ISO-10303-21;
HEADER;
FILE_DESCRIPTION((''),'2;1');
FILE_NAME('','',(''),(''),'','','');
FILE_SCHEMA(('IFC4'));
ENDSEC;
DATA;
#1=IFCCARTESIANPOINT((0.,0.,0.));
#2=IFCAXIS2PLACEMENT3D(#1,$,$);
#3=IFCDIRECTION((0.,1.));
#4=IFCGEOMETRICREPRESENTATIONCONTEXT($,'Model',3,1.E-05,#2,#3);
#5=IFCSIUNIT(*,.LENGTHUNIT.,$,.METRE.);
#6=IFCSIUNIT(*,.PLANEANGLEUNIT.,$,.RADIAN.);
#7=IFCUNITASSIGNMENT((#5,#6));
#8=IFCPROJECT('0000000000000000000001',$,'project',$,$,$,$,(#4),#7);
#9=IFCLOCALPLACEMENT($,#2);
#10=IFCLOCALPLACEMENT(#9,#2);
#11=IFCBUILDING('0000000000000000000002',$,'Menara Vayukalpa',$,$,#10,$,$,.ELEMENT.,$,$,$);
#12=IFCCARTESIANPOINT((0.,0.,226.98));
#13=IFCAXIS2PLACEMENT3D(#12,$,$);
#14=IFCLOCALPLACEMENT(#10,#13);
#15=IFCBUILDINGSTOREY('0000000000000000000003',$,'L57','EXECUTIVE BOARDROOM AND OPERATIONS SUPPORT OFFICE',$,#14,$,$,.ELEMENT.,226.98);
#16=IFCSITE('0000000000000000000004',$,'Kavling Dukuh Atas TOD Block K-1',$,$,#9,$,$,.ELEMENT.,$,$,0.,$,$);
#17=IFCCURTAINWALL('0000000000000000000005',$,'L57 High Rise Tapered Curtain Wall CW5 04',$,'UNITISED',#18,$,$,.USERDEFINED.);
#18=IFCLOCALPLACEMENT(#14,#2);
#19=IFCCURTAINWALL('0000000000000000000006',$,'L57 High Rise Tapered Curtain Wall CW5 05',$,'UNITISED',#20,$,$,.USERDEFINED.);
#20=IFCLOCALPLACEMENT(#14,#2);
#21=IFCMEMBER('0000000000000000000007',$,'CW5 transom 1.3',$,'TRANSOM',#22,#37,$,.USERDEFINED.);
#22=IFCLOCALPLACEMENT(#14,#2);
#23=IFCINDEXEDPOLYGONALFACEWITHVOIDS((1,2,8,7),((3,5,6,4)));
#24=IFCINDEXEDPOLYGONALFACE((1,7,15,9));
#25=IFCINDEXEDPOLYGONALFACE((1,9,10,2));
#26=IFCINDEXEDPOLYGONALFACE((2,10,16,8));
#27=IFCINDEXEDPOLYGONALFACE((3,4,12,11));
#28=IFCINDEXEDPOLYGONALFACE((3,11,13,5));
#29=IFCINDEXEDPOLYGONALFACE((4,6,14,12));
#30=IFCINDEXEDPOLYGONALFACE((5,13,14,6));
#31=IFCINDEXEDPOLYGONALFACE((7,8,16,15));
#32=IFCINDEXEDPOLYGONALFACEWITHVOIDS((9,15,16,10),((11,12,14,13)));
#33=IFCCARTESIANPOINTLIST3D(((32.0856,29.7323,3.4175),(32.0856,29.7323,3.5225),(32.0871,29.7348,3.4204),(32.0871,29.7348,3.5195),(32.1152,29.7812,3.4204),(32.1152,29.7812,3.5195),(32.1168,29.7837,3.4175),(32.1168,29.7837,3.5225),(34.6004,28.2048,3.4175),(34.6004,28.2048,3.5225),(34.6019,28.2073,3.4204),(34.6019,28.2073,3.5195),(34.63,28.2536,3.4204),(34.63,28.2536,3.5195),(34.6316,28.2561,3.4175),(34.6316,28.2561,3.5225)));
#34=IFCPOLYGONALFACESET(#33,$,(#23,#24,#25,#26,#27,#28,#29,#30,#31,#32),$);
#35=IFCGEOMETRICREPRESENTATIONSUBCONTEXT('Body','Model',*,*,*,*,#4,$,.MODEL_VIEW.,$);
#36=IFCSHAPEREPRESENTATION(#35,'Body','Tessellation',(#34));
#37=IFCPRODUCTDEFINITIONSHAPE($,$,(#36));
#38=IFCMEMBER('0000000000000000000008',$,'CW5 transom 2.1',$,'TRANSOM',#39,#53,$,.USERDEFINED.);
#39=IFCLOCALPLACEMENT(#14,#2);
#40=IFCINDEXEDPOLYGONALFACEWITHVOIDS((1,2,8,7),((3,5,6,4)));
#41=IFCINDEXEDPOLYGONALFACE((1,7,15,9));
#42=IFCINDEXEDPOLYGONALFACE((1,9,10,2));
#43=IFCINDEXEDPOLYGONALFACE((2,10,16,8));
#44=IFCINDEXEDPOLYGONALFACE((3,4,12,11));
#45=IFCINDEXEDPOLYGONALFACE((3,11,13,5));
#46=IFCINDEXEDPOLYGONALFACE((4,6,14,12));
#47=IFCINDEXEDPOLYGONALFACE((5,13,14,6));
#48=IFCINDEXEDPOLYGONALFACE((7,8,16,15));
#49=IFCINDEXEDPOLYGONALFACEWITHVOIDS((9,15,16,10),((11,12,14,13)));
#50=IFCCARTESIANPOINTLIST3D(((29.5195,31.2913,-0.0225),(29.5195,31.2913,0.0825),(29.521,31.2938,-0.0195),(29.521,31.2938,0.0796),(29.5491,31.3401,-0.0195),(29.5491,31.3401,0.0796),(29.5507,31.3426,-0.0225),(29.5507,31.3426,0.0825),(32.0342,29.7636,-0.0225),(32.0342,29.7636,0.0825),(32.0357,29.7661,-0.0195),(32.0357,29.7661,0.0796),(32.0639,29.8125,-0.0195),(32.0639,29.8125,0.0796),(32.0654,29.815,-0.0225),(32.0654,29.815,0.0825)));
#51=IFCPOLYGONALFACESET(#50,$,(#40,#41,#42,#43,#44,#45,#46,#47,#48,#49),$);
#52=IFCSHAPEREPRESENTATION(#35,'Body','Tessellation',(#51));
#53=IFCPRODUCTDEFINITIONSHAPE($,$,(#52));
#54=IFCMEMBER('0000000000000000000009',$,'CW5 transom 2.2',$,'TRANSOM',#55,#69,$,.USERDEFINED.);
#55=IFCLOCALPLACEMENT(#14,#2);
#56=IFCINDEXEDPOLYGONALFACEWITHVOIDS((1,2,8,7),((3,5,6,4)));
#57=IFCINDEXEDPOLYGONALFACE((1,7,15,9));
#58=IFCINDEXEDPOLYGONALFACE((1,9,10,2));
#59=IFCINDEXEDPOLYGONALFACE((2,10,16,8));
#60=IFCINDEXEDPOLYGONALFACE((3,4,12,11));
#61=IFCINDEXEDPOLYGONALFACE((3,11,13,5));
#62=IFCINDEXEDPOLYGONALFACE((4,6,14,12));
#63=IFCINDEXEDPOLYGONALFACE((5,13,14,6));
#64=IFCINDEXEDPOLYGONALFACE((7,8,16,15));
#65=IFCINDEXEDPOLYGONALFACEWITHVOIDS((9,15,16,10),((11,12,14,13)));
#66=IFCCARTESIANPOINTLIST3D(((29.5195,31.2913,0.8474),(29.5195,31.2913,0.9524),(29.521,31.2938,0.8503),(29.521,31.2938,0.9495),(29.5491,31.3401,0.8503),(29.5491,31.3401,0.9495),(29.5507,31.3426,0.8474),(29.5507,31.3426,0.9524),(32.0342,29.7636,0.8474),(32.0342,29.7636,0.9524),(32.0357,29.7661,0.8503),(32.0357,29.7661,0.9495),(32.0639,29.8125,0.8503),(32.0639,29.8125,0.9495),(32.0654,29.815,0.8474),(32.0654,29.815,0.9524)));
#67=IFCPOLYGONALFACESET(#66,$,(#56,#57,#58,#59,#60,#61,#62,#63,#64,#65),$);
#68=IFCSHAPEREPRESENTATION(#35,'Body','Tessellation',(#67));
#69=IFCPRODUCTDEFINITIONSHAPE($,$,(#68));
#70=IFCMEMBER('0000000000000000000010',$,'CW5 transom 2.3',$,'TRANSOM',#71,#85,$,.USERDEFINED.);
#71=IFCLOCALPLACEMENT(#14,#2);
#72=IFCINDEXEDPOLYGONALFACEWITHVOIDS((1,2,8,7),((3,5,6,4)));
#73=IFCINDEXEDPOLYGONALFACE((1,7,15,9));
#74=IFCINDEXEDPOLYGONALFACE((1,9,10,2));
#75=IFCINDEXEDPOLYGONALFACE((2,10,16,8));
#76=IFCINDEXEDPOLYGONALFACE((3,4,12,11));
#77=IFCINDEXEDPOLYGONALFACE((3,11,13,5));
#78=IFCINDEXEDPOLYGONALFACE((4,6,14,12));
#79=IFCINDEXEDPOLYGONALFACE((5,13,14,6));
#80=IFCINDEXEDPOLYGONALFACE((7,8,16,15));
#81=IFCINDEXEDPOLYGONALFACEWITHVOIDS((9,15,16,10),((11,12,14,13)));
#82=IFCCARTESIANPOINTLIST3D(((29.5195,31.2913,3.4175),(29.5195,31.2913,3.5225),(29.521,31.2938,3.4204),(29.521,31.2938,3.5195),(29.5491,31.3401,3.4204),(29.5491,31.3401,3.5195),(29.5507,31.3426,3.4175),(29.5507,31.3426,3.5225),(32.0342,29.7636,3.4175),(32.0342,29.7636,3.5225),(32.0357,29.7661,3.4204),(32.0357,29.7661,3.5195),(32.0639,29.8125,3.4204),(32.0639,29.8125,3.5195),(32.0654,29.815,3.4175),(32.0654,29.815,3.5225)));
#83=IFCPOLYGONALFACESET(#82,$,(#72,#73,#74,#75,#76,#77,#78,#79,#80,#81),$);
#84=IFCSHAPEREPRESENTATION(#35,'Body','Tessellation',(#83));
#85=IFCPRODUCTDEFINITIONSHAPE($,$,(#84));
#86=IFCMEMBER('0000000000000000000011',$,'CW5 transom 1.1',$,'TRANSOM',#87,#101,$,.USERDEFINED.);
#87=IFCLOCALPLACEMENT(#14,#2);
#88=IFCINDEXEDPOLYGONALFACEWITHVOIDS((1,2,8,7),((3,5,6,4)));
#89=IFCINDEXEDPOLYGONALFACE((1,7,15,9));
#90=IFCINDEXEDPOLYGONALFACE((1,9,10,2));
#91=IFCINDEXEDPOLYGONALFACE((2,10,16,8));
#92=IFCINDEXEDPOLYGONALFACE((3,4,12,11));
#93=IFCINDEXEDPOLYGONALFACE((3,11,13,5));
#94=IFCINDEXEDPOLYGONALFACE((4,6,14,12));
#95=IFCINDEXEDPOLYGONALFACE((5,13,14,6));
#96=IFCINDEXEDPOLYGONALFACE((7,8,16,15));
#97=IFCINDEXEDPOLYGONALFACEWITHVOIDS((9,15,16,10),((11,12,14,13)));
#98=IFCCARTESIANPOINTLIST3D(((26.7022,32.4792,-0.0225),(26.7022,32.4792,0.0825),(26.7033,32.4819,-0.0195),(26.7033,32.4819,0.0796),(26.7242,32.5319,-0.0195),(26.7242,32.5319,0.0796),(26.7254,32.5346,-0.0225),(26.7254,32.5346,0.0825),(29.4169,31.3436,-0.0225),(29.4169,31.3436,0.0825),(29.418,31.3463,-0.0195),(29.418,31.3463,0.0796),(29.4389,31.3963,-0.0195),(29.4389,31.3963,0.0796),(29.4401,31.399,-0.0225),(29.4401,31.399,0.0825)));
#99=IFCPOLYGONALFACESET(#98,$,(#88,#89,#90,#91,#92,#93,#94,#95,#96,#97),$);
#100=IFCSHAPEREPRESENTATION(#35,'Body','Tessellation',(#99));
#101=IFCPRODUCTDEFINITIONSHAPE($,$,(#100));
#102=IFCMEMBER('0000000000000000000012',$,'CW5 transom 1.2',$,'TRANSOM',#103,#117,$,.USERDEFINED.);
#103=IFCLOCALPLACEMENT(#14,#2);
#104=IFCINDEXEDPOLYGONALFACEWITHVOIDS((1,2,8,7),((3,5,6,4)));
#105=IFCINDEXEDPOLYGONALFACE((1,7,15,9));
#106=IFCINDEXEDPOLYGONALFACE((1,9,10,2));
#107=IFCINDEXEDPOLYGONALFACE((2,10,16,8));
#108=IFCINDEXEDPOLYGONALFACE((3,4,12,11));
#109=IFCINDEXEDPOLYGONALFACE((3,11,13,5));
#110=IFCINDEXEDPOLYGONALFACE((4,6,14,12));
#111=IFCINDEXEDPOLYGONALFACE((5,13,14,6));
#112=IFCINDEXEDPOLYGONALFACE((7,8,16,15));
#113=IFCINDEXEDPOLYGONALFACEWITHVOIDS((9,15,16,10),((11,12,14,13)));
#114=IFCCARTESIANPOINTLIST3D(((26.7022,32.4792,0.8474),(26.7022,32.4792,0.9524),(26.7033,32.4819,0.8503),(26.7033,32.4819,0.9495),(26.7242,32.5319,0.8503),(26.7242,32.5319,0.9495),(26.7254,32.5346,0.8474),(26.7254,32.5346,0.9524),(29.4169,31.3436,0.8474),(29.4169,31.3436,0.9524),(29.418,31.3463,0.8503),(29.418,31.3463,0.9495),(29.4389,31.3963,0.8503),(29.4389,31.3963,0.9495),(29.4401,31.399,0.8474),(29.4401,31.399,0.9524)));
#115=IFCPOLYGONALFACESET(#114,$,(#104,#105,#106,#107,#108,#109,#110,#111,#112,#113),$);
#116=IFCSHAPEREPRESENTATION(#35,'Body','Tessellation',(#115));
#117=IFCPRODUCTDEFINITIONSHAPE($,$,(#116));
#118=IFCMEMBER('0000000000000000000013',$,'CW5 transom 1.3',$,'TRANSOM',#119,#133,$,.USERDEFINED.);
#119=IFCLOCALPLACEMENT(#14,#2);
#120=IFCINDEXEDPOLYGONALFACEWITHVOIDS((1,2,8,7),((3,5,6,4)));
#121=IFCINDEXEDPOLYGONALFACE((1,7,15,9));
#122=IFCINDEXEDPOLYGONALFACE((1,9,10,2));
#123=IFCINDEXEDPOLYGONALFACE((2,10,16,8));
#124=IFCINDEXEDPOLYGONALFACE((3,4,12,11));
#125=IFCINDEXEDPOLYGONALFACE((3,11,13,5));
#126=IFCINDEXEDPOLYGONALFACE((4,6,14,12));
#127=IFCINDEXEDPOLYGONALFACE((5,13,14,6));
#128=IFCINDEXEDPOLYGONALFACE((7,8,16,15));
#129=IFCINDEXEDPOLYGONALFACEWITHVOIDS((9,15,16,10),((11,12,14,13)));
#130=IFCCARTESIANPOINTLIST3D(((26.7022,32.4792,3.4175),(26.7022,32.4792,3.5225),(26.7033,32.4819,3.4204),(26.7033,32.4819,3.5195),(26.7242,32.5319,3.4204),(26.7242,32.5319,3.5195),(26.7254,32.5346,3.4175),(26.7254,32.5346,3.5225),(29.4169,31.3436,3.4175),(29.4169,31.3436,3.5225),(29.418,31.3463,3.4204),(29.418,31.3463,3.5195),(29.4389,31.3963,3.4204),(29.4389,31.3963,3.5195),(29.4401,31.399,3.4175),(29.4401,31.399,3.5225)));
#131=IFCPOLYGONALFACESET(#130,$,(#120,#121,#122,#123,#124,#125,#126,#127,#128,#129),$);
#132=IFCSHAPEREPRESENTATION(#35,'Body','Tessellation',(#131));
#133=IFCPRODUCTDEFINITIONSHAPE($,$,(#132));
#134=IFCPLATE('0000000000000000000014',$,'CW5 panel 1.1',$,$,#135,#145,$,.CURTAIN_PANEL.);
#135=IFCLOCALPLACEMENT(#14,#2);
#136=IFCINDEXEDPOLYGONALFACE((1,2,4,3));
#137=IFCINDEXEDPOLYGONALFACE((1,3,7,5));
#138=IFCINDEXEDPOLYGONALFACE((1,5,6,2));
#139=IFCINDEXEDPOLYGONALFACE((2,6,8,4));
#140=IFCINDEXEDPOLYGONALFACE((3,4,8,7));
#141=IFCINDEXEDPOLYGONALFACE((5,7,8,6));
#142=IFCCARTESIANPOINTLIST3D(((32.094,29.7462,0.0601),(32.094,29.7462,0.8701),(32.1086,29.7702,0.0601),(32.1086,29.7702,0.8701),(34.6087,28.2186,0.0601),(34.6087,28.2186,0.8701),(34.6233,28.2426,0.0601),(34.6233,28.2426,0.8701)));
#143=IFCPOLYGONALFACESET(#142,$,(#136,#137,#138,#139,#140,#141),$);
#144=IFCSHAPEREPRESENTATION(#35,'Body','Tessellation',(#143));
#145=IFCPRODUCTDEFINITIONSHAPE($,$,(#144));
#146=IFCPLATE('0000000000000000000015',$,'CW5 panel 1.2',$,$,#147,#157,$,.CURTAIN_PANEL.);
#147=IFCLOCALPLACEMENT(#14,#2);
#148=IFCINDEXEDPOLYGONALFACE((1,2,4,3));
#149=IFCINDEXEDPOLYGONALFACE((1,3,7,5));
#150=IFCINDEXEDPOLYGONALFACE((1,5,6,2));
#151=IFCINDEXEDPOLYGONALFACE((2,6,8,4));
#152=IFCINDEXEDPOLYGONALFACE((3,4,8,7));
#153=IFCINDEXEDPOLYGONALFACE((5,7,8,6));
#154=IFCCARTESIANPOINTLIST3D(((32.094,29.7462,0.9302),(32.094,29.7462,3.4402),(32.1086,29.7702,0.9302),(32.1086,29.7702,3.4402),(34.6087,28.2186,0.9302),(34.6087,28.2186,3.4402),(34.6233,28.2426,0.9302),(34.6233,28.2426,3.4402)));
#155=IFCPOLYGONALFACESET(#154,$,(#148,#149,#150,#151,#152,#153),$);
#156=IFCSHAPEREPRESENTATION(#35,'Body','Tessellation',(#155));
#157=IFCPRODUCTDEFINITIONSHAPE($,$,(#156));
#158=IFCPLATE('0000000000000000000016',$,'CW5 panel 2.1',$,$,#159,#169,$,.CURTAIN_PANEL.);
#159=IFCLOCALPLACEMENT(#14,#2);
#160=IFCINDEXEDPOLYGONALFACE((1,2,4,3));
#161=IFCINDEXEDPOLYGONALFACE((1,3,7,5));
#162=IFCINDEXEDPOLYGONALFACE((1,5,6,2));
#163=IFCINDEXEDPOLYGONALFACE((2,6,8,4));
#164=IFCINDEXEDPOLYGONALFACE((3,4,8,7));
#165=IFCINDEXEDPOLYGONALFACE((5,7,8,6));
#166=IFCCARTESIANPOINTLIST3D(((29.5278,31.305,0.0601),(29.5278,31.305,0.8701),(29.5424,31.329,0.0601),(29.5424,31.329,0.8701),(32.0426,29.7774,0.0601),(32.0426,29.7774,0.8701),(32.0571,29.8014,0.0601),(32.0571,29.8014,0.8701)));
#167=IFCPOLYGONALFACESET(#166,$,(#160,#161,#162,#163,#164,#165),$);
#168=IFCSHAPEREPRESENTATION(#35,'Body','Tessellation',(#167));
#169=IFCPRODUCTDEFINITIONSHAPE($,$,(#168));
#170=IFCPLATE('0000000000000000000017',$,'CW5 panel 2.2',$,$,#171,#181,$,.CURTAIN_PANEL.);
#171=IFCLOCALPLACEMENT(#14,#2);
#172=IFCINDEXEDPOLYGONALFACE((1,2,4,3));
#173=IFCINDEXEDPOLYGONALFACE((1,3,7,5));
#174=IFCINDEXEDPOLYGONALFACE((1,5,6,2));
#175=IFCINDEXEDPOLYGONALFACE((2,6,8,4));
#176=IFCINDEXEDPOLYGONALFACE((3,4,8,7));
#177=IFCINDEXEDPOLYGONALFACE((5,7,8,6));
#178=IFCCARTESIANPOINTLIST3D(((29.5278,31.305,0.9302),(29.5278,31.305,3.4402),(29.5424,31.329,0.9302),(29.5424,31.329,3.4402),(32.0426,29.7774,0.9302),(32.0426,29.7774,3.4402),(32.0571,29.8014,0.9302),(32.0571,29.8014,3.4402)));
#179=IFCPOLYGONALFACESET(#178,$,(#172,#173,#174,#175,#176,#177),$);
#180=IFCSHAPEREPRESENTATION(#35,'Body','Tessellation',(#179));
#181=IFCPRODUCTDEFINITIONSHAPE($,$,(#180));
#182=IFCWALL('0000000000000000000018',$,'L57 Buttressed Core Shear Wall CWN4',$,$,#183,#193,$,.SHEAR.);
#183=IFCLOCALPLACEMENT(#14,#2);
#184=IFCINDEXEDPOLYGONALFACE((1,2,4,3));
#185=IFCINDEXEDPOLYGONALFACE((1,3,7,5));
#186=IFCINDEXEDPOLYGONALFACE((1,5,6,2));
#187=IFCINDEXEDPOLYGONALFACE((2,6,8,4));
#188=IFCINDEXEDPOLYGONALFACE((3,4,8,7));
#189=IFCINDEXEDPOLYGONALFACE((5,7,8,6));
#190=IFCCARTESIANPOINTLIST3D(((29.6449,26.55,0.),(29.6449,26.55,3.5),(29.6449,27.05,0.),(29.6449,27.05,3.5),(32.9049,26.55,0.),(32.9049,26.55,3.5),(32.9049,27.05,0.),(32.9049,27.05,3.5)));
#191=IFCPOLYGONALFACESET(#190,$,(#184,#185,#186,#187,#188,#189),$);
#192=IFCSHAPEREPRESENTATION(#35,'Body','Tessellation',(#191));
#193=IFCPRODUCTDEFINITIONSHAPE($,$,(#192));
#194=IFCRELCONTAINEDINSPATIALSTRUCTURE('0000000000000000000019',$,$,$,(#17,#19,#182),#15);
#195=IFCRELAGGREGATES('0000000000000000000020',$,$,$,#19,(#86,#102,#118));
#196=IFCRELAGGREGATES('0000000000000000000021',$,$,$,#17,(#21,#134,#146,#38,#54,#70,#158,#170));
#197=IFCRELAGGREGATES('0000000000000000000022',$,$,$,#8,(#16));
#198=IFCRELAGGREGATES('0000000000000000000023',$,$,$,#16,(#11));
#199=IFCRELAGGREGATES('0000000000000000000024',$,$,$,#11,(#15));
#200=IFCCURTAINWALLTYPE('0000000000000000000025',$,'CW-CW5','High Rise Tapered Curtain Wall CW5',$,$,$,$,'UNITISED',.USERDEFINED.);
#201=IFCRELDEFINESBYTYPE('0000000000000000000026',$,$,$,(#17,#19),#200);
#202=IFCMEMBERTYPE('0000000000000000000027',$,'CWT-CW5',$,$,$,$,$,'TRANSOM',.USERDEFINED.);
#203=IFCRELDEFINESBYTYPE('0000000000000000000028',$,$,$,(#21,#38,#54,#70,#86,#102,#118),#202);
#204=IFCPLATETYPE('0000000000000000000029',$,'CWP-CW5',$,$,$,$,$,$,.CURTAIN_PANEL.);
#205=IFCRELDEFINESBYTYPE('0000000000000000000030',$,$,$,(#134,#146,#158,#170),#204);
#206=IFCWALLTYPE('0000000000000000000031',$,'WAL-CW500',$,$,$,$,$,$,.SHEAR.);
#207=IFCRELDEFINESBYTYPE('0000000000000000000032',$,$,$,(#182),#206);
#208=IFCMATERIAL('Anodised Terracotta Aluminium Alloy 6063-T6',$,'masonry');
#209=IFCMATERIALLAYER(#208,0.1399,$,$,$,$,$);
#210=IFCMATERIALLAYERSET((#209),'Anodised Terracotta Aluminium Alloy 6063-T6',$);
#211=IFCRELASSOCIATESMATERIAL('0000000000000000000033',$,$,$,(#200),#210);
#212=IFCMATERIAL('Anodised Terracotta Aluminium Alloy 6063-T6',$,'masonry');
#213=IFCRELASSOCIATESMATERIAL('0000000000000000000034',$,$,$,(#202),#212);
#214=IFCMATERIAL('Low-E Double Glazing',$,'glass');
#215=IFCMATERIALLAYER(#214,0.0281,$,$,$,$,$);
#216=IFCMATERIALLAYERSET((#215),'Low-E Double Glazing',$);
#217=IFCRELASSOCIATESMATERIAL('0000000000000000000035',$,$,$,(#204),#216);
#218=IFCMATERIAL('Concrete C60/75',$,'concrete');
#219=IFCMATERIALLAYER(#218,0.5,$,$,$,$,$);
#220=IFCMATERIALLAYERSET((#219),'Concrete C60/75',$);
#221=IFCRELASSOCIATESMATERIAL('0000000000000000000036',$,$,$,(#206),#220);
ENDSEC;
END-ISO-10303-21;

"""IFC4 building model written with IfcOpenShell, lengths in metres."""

from ifc_helpers import new_model, si_unit, direction, frame, frame_2d, origin, origin_2d, place, context, subcontext, project, spatial, rectangle, hollow_rectangle, extrude, material, layer, layer_set, material_profile, profile_set, type_object, element, aggregate, save


model = new_model("IFC4")

# Units and contexts
model_context = context("Model", 3, precision=1e-05, world=origin(), true_north=direction((0.0, 1.0)))
body_context = subcontext(model_context, "Body", "Model", "MODEL_VIEW")
ifc_project = project(units=[si_unit("LENGTHUNIT", "METRE"), si_unit("PLANEANGLEUNIT", "RADIAN")], contexts=[model_context])

# Site, building, storey
site_placement = place(None, origin())
site = spatial("IfcSite", under=ifc_project, at=site_placement, Name="Kavling Dukuh Atas TOD Block K-1", CompositionType="ELEMENT", RefElevation=0.0)
building_placement = place(site_placement, origin())
building = spatial("IfcBuilding", under=site, at=building_placement, Name="Menara Vayukalpa", CompositionType="ELEMENT")
storey_placement = place(building_placement, frame((0.0, 0.0, 226.98)))
storey = spatial("IfcBuildingStorey", under=building, at=storey_placement, Name="L57", Description="EXECUTIVE BOARDROOM AND OPERATIONS SUPPORT OFFICE", CompositionType="ELEMENT", Elevation=226.98)

# Curtain wall
ifc_material_1 = material(Name="Anodised Terracotta Aluminium Alloy 6063-T6", Category="masonry")
ifc_layer_1 = layer(ifc_material_1, 0.1399)
ifc_layer_set_1 = layer_set([ifc_layer_1], Name="Anodised Terracotta Aluminium Alloy 6063-T6")
curtain_wall_type = type_object("IfcCurtainWallType", Name="CW-CW5", Description="High Rise Tapered Curtain Wall CW5", ElementType="UNITISED", PredefinedType="USERDEFINED", material=ifc_layer_set_1)
curtain_wall_1_placement = place(storey_placement, origin())
curtain_wall_1 = element("IfcCurtainWall", 1, at=curtain_wall_1_placement, inside=storey, type_object=curtain_wall_type, Name="L57 High Rise Tapered Curtain Wall CW5 04", ObjectType="UNITISED", PredefinedType="USERDEFINED")

# Curtain wall
curtain_wall_2_placement = place(storey_placement, origin())
curtain_wall_2 = element("IfcCurtainWall", 2, at=curtain_wall_2_placement, inside=storey, type_object=curtain_wall_type, Name="L57 High Rise Tapered Curtain Wall CW5 05", ObjectType="UNITISED", PredefinedType="USERDEFINED")

# Members
ifc_material_2 = material(Name="Anodised Terracotta Aluminium Alloy 6063-T6", Category="masonry")
ifc_material_profile_1 = material_profile(ifc_material_2, hollow_rectangle(XDim=0.0601, YDim=0.105, WallThickness=0.0029, at=origin_2d()), Name="ALU 60x105x3")
ifc_profile_set_1 = profile_set([ifc_material_profile_1], Name="Anodised Terracotta Aluminium Alloy 6063-T6")
member_type_1 = type_object("IfcMemberType", Name="CWT-CW5", ElementType="TRANSOM", PredefinedType="USERDEFINED", material=ifc_profile_set_1)
member_1_placement = place(storey_placement, frame((34.616, 28.2305, 3.47), z_axis=(-0.854684, 0.519149, 0.0), x_axis=(-0.519149, -0.854684, 0.0)))
member_1 = element("IfcMember", 3, at=member_1_placement, type_object=member_type_1, Name="CW5 transom 1.3", ObjectType="TRANSOM", PredefinedType="USERDEFINED", context=body_context, shape_type="SweptSolid", body=[
    extrude(hollow_rectangle(XDim=0.0601, YDim=0.105, WallThickness=0.0029, at=origin_2d()), origin(), (0.0, 0.0, 1.0), 2.9424),
])
member_2_placement = place(storey_placement, frame((32.0498, 29.7893, 0.03), z_axis=(-0.854661, 0.519186, 0.0), x_axis=(-0.519186, -0.854661, 0.0)))
member_2 = element("IfcMember", 4, at=member_2_placement, type_object=member_type_1, Name="CW5 transom 2.1", ObjectType="TRANSOM", PredefinedType="USERDEFINED", context=body_context, shape_type="SweptSolid", body=[
    extrude(hollow_rectangle(XDim=0.0601, YDim=0.105, WallThickness=0.0029, at=origin_2d()), origin(), (0.0, 0.0, 1.0), 2.9424),
])
member_3_placement = place(storey_placement, frame((32.0498, 29.7893, 0.8999), z_axis=(-0.854661, 0.519186, 0.0), x_axis=(-0.519186, -0.854661, 0.0)))
member_3 = element("IfcMember", 5, at=member_3_placement, type_object=member_type_1, Name="CW5 transom 2.2", ObjectType="TRANSOM", PredefinedType="USERDEFINED", context=body_context, shape_type="SweptSolid", body=[
    extrude(hollow_rectangle(XDim=0.0601, YDim=0.105, WallThickness=0.0029, at=origin_2d()), origin(), (0.0, 0.0, 1.0), 2.9424),
])
member_4_placement = place(storey_placement, frame((32.0498, 29.7893, 3.47), z_axis=(-0.854661, 0.519186, 0.0), x_axis=(-0.519186, -0.854661, 0.0)))
member_4 = element("IfcMember", 6, at=member_4_placement, type_object=member_type_1, Name="CW5 transom 2.3", ObjectType="TRANSOM", PredefinedType="USERDEFINED", context=body_context, shape_type="SweptSolid", body=[
    extrude(hollow_rectangle(XDim=0.0601, YDim=0.105, WallThickness=0.0029, at=origin_2d()), origin(), (0.0, 0.0, 1.0), 2.9424),
])
member_5_placement = place(storey_placement, frame((29.4285, 31.3713, 0.03), z_axis=(-0.922543, 0.385893, 0.0), x_axis=(-0.385893, -0.922543, 0.0)))
member_5 = element("IfcMember", 7, at=member_5_placement, type_object=member_type_1, Name="CW5 transom 1.1", ObjectType="TRANSOM", PredefinedType="USERDEFINED", context=body_context, shape_type="SweptSolid", body=[
    extrude(hollow_rectangle(XDim=0.0601, YDim=0.105, WallThickness=0.0029, at=origin_2d()), origin(), (0.0, 0.0, 1.0), 2.9426),
])
member_6_placement = place(storey_placement, frame((29.4285, 31.3713, 0.8999), z_axis=(-0.922543, 0.385893, 0.0), x_axis=(-0.385893, -0.922543, 0.0)))
member_6 = element("IfcMember", 8, at=member_6_placement, type_object=member_type_1, Name="CW5 transom 1.2", ObjectType="TRANSOM", PredefinedType="USERDEFINED", context=body_context, shape_type="SweptSolid", body=[
    extrude(hollow_rectangle(XDim=0.0601, YDim=0.105, WallThickness=0.0029, at=origin_2d()), origin(), (0.0, 0.0, 1.0), 2.9426),
])
member_7_placement = place(storey_placement, frame((29.4285, 31.3713, 3.47), z_axis=(-0.922543, 0.385893, 0.0), x_axis=(-0.385893, -0.922543, 0.0)))
member_7 = element("IfcMember", 9, at=member_7_placement, type_object=member_type_1, Name="CW5 transom 1.3", ObjectType="TRANSOM", PredefinedType="USERDEFINED", context=body_context, shape_type="SweptSolid", body=[
    extrude(hollow_rectangle(XDim=0.0601, YDim=0.105, WallThickness=0.0029, at=origin_2d()), origin(), (0.0, 0.0, 1.0), 2.9426),
])
aggregate(curtain_wall_2, [member_5, member_6, member_7])

# Plates
ifc_material_3 = material(Name="Low-E Double Glazing", Category="glass")
ifc_layer_2 = layer(ifc_material_3, 0.0281)
ifc_layer_set_2 = layer_set([ifc_layer_2], Name="Low-E Double Glazing")
plate_type = type_object("IfcPlateType", Name="CWP-CW5", PredefinedType="CURTAIN_PANEL", material=ifc_layer_set_2)
plate_1_placement = place(storey_placement, frame((33.3586, 28.9944, 0.0601), z_axis=(0.0, 0.0, 1.0), x_axis=(-0.854665, 0.51918, 0.0)))
plate_1 = element("IfcPlate", 10, at=plate_1_placement, type_object=plate_type, Name="CW5 panel 1.1", PredefinedType="CURTAIN_PANEL", context=body_context, shape_type="SweptSolid", body=[
    extrude(rectangle(XDim=2.9424, YDim=0.0281, at=origin_2d()), origin(), (0.0, 0.0, 1.0), 0.8101),
])
plate_2_placement = place(storey_placement, frame((33.3586, 28.9944, 0.9302), z_axis=(0.0, 0.0, 1.0), x_axis=(-0.854665, 0.51918, 0.0)))
plate_2 = element("IfcPlate", 11, at=plate_2_placement, type_object=plate_type, Name="CW5 panel 1.2", PredefinedType="CURTAIN_PANEL", context=body_context, shape_type="SweptSolid", body=[
    extrude(rectangle(XDim=2.9424, YDim=0.0281, at=origin_2d()), origin(), (0.0, 0.0, 1.0), 2.51),
])
plate_3_placement = place(storey_placement, frame((30.7925, 30.5532, 0.0601), z_axis=(0.0, 0.0, 1.0), x_axis=(-0.854665, 0.51918, 0.0)))
plate_3 = element("IfcPlate", 12, at=plate_3_placement, type_object=plate_type, Name="CW5 panel 2.1", PredefinedType="CURTAIN_PANEL", context=body_context, shape_type="SweptSolid", body=[
    extrude(rectangle(XDim=2.9424, YDim=0.0281, at=origin_2d()), origin(), (0.0, 0.0, 1.0), 0.8101),
])
plate_4_placement = place(storey_placement, frame((30.7925, 30.5532, 0.9302), z_axis=(0.0, 0.0, 1.0), x_axis=(-0.854665, 0.51918, 0.0)))
plate_4 = element("IfcPlate", 13, at=plate_4_placement, type_object=plate_type, Name="CW5 panel 2.2", PredefinedType="CURTAIN_PANEL", context=body_context, shape_type="SweptSolid", body=[
    extrude(rectangle(XDim=2.9424, YDim=0.0281, at=origin_2d()), origin(), (0.0, 0.0, 1.0), 2.51),
])
aggregate(curtain_wall_1, [member_1, plate_1, plate_2, member_2, member_3, member_4, plate_3, plate_4])

# Wall
ifc_material_4 = material(Name="Concrete C60/75", Category="concrete")
ifc_layer_3 = layer(ifc_material_4, 0.5)
ifc_layer_set_3 = layer_set([ifc_layer_3], Name="Concrete C60/75")
wall_type_1 = type_object("IfcWallType", Name="WAL-CW500", PredefinedType="SHEAR", material=ifc_layer_set_3)
wall_1_placement = place(storey_placement, frame((29.645, 26.8, 0.0), z_axis=(0.0, 0.0, 1.0), x_axis=(1.0, 0.0, 0.0)))
element("IfcWall", 14, at=wall_1_placement, inside=storey, type_object=wall_type_1, Name="L57 Buttressed Core Shear Wall CWN4", PredefinedType="SHEAR", context=body_context, shape_type="SweptSolid", body=[
    extrude(rectangle(XDim=3.26, YDim=0.5, at=frame_2d((1.6299, 0.0))), origin(), (0.0, 0.0, 1.0), 3.5),
])

save(model, "model.ifc")
